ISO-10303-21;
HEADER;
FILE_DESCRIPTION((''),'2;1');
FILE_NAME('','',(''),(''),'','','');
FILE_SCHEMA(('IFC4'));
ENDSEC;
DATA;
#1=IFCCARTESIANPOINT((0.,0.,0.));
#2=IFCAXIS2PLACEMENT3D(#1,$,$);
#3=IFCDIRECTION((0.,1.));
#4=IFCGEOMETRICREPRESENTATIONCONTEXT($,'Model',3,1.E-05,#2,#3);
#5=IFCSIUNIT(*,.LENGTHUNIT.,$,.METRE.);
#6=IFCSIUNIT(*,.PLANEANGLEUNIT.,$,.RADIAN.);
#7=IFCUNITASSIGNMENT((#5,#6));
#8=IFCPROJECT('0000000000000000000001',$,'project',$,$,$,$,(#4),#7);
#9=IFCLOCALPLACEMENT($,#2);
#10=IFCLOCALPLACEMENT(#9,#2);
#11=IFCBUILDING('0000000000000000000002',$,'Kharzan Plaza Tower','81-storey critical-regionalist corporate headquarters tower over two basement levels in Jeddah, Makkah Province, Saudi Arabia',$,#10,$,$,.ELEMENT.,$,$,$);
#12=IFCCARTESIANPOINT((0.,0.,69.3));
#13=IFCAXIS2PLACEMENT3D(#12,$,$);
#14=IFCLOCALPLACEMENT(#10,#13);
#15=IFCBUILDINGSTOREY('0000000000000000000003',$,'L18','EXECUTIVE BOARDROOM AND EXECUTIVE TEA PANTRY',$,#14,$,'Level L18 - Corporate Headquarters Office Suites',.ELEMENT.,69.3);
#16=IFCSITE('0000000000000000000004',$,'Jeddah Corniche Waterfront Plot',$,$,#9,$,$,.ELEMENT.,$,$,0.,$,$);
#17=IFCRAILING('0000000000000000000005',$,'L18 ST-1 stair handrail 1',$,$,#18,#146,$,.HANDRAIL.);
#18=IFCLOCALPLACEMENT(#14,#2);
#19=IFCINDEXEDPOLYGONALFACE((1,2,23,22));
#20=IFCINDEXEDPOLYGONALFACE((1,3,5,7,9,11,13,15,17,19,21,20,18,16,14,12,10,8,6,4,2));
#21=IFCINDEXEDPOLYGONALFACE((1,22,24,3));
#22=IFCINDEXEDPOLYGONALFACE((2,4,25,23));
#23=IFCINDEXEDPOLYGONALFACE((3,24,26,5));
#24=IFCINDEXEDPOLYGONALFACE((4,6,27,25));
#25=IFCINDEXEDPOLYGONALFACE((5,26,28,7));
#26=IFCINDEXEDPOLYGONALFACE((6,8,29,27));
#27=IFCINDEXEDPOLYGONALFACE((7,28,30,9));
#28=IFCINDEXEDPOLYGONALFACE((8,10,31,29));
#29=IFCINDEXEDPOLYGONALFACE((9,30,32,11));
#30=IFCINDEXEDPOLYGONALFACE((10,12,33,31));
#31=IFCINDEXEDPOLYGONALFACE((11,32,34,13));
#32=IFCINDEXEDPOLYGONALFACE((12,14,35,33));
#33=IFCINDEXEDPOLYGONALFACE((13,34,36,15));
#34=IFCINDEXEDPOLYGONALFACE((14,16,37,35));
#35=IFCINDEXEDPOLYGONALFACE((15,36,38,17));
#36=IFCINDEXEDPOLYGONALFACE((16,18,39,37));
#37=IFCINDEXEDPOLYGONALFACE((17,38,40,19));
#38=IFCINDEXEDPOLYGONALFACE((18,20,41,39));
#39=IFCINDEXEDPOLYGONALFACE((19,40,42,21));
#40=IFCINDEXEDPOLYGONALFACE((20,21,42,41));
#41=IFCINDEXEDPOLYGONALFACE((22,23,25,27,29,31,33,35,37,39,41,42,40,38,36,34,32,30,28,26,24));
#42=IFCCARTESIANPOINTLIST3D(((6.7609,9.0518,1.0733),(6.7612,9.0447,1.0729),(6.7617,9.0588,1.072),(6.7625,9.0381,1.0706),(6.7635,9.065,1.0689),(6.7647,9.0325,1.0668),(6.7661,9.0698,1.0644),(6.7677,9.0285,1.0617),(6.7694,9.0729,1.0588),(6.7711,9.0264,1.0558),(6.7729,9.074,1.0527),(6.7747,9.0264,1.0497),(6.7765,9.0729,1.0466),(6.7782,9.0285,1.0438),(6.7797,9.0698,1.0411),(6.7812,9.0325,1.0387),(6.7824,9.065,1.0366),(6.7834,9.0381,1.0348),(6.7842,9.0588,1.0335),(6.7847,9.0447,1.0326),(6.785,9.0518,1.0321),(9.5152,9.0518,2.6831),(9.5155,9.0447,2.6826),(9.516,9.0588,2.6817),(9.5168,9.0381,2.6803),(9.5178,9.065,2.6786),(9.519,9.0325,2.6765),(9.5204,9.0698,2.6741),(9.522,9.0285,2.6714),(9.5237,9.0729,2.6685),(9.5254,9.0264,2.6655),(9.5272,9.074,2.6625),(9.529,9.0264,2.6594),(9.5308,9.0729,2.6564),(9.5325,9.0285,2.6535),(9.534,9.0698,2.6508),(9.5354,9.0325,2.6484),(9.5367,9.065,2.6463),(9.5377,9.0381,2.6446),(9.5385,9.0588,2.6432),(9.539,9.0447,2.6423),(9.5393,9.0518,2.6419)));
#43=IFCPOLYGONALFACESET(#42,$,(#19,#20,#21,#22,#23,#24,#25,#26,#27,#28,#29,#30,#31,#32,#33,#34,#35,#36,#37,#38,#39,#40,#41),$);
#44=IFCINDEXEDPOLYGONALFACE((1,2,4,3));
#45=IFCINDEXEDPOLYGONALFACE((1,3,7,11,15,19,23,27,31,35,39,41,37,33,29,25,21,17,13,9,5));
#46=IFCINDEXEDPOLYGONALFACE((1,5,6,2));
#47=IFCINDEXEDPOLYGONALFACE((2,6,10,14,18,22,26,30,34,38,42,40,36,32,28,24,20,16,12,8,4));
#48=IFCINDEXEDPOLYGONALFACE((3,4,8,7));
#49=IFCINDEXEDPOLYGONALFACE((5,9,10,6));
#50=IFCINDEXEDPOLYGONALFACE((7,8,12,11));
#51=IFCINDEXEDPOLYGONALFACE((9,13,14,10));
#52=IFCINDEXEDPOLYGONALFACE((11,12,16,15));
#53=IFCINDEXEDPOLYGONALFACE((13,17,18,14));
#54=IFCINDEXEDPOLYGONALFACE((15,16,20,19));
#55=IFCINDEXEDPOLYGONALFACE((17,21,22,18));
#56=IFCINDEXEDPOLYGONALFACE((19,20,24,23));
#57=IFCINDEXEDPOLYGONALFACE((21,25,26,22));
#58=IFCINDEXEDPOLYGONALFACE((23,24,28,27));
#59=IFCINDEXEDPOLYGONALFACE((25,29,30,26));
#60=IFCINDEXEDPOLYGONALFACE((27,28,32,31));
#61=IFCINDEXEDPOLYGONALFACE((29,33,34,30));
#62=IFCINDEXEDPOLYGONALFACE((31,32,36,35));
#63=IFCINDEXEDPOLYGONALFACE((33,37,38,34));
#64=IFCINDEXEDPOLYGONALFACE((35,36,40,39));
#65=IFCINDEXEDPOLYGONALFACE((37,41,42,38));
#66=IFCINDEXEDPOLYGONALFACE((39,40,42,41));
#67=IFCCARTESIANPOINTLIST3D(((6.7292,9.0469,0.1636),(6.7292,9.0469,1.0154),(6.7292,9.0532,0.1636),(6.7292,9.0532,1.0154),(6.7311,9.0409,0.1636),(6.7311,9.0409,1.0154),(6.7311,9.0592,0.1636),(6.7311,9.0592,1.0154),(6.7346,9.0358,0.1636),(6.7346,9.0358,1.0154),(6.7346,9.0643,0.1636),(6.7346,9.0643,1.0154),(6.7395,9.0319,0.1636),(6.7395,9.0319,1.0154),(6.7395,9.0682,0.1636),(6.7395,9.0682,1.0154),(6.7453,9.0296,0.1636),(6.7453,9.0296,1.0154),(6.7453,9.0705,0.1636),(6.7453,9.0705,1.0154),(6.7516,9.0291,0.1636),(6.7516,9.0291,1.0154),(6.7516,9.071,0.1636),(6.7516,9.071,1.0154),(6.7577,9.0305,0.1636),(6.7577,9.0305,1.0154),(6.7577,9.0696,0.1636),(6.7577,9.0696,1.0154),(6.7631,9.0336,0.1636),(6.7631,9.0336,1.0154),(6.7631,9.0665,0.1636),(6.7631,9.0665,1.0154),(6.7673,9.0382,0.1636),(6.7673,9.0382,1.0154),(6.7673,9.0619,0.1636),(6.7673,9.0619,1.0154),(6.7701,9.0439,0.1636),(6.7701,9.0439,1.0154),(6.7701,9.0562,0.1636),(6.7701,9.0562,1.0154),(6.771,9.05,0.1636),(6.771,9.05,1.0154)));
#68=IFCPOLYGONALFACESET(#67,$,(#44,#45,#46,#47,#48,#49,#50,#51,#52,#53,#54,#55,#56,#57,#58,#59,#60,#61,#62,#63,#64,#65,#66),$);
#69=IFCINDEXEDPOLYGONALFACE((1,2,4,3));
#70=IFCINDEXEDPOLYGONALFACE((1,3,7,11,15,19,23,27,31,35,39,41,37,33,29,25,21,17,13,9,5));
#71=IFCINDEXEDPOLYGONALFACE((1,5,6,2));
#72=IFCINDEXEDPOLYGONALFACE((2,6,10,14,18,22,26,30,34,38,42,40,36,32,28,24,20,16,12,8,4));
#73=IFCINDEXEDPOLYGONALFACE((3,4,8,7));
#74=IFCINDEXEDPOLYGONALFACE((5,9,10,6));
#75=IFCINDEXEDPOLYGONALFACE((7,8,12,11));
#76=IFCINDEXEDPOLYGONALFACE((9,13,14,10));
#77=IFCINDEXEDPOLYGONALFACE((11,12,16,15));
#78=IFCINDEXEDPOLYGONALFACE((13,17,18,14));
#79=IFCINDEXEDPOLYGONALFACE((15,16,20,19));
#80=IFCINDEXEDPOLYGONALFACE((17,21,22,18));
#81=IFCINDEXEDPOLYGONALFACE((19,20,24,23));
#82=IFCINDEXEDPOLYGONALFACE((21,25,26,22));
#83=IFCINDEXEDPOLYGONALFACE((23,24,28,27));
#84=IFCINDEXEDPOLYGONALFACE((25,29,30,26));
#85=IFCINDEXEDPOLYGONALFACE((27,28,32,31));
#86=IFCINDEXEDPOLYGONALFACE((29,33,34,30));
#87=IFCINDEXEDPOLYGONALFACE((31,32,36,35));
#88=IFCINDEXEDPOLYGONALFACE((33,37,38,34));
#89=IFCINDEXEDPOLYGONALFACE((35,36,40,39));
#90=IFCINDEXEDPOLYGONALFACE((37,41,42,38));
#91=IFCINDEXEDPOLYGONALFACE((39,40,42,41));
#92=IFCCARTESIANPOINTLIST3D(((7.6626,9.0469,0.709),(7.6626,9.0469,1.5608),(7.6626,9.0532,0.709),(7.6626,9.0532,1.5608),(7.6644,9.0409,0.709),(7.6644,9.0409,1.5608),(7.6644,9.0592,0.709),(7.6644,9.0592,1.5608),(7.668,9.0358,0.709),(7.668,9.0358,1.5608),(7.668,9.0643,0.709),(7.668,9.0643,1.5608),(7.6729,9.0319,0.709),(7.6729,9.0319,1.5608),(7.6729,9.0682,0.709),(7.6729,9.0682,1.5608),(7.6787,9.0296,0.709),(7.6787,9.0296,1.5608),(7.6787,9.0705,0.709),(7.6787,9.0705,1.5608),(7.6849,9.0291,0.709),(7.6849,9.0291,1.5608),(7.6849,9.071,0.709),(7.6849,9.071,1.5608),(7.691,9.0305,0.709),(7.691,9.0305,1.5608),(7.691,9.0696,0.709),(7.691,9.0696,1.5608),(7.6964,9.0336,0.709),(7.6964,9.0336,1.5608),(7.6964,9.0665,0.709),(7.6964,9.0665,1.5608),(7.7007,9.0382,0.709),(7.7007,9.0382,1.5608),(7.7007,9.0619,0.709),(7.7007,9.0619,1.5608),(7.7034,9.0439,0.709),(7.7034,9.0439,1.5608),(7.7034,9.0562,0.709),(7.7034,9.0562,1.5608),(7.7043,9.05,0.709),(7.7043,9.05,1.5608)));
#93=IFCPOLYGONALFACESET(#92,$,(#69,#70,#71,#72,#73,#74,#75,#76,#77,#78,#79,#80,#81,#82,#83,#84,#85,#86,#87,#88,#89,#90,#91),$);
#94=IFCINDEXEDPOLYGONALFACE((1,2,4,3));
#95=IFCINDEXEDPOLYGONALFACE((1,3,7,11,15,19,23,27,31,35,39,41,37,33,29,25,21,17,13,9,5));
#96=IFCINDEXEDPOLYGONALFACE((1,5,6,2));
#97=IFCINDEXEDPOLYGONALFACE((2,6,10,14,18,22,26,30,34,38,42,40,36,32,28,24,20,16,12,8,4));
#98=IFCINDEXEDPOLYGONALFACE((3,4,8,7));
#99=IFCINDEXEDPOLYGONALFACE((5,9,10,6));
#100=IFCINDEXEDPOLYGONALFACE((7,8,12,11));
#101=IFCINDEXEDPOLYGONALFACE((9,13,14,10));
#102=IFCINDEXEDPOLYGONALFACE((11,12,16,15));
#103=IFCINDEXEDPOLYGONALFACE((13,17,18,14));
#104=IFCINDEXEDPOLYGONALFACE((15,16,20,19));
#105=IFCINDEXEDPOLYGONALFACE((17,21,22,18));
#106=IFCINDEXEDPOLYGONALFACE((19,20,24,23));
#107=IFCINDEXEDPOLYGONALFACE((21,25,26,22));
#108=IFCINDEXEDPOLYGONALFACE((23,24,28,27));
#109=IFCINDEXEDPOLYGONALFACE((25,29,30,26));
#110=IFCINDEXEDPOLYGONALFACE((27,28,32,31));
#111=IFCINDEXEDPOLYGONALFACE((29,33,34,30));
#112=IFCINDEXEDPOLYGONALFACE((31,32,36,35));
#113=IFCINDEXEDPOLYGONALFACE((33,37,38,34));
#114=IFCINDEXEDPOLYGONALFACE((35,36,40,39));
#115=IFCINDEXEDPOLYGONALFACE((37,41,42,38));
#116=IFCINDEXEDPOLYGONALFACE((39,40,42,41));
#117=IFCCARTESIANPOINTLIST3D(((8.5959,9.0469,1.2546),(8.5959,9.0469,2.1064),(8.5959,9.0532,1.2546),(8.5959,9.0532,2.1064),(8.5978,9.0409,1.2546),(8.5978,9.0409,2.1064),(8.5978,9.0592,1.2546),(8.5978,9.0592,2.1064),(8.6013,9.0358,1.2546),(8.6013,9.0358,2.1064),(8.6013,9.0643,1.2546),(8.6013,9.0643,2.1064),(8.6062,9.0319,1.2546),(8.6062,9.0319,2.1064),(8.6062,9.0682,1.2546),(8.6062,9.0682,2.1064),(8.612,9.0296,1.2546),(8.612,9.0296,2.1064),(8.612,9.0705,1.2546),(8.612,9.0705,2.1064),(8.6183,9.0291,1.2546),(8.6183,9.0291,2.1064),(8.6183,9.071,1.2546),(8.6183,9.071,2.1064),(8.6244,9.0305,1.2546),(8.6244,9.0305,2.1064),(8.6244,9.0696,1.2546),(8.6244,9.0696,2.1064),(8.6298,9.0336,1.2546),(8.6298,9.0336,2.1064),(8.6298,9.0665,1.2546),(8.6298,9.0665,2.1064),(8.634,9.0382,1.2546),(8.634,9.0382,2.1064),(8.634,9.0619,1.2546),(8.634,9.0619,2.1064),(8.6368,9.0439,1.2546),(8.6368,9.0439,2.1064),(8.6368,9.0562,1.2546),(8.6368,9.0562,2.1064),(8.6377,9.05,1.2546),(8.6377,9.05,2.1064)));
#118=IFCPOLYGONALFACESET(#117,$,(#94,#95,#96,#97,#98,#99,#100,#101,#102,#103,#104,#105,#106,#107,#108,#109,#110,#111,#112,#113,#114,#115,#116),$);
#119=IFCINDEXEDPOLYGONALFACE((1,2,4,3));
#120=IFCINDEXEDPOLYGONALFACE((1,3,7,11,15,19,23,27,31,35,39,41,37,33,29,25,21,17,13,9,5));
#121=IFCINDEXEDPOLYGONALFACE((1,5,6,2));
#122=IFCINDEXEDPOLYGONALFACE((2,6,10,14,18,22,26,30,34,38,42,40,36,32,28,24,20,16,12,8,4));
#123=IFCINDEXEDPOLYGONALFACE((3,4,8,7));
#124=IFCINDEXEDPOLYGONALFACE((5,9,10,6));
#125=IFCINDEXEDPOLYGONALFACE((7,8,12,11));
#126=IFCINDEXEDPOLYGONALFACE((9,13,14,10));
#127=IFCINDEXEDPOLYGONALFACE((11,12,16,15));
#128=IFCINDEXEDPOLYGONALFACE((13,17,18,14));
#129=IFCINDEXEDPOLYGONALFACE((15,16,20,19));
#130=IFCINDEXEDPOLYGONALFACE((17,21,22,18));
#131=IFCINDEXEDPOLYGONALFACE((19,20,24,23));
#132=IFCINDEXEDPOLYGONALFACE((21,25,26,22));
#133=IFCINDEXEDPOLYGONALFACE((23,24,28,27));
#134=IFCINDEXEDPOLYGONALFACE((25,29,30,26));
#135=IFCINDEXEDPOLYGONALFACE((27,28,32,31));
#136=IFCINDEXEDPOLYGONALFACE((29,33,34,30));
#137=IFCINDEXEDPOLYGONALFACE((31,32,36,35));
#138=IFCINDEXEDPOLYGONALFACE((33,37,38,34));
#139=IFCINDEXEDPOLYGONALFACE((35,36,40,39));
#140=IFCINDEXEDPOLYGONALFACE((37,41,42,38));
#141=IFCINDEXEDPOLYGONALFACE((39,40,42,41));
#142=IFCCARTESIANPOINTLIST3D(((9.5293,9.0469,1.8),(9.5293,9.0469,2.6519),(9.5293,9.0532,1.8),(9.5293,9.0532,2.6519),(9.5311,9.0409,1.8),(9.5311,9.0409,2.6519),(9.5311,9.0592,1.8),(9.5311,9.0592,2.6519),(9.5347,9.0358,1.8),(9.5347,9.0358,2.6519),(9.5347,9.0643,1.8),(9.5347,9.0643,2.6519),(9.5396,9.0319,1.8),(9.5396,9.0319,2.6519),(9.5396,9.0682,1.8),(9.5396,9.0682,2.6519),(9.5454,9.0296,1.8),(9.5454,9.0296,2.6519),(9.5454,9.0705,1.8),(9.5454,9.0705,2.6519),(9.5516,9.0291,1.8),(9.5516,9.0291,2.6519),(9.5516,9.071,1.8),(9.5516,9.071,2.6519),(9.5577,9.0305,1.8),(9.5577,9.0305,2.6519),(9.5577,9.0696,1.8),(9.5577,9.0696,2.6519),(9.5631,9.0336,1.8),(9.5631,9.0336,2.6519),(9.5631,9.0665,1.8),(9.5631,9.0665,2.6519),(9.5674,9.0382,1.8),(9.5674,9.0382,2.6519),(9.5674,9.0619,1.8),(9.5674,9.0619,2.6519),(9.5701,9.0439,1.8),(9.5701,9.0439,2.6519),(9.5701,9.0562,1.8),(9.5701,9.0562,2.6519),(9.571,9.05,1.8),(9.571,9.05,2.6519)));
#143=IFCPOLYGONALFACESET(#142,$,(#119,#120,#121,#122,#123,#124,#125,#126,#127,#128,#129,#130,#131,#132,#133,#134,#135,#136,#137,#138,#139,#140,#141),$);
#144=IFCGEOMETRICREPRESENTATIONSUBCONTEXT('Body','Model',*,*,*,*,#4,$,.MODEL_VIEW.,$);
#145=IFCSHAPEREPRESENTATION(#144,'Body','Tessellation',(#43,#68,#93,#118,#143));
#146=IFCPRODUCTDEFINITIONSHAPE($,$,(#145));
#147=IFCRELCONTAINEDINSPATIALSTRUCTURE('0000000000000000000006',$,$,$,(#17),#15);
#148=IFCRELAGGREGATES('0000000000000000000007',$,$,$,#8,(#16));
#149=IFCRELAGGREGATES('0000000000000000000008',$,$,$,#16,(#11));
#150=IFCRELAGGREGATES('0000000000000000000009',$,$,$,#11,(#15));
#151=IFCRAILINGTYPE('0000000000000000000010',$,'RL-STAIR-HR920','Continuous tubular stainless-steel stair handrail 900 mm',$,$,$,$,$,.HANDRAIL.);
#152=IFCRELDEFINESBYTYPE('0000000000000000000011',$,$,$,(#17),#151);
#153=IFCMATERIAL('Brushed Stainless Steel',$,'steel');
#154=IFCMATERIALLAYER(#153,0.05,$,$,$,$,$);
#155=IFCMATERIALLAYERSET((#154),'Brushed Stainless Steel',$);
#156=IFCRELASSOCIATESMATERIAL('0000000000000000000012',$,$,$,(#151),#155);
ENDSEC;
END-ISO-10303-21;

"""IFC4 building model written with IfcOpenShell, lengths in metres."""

from ifc_helpers import new_model, si_unit, direction, frame, origin, origin_2d, place, context, subcontext, project, spatial, circle, extrude, source, transform, mapped, material, layer, layer_set, type_object, element, save


model = new_model("IFC4")

# Units and contexts
model_context = context("Model", 3, precision=1e-05, world=origin(), true_north=direction((0.0, 1.0)))
body_context = subcontext(model_context, "Body", "Model", "MODEL_VIEW")
ifc_project = project(units=[si_unit("LENGTHUNIT", "METRE"), si_unit("PLANEANGLEUNIT", "RADIAN")], contexts=[model_context])

# Site, building, storey
site_placement = place(None, origin())
site = spatial("IfcSite", under=ifc_project, at=site_placement, Name="Jeddah Corniche Waterfront Plot", CompositionType="ELEMENT", RefElevation=0.0)
building_placement = place(site_placement, origin())
building = spatial("IfcBuilding", under=site, at=building_placement, Name="Kharzan Plaza Tower", Description="81-storey critical-regionalist corporate headquarters tower over two basement levels in Jeddah, Makkah Province, Saudi Arabia", CompositionType="ELEMENT")
storey_placement = place(building_placement, frame((0.0, 0.0, 69.3)))
storey = spatial("IfcBuildingStorey", under=building, at=storey_placement, Name="L18", Description="EXECUTIVE BOARDROOM AND EXECUTIVE TEA PANTRY", LongName="Level L18 - Corporate Headquarters Office Suites", CompositionType="ELEMENT", Elevation=69.3)

# Railing
ifc_material_1 = material(Name="Brushed Stainless Steel", Category="steel")
ifc_layer_1 = layer(ifc_material_1, 0.05)
ifc_layer_set_1 = layer_set([ifc_layer_1], Name="Brushed Stainless Steel")
railing_type = type_object("IfcRailingType", Name="RL-STAIR-HR920", Description="Continuous tubular stainless-steel stair handrail 900 mm", PredefinedType="HANDRAIL", material=ifc_layer_set_1)
shared_shape_1 = source(origin(), body_context, "Body", "SweptSolid", [
    extrude(circle(Radius=0.0239, at=origin_2d()), frame((0.0229, 0.0, 0.8892), z_axis=(0.863361, 0.0, 0.504587), x_axis=(0.0, 1.0, 0.0)), (0.0, 0.0, 1.0), 3.1902),
    extrude(circle(Radius=0.021, at=origin_2d()), origin(), (0.0, 0.0, 1.0), 0.8518),
    extrude(circle(Radius=0.021, at=origin_2d()), frame((0.9333, 0.0, 0.5454)), (0.0, 0.0, 1.0), 0.8518),
    extrude(circle(Radius=0.021, at=origin_2d()), frame((1.8667, 0.0, 1.0911)), (0.0, 0.0, 1.0), 0.8518),
    extrude(circle(Radius=0.021, at=origin_2d()), frame((2.8, 0.0, 1.6365)), (0.0, 0.0, 1.0), 0.8518),
])
railing_placement = place(storey_placement, frame((6.75, 9.05, 0.1636)))
element("IfcRailing", 1, at=railing_placement, inside=storey, type_object=railing_type, Name="L18 ST-1 stair handrail 1", PredefinedType="HANDRAIL", context=body_context, shape_type="MappedRepresentation", body=[
    mapped(shared_shape_1, transform((0.0, 0.0, 0.0), x_axis=(1.0, 0.0, 0.0), y_axis=(0.0, 1.0, 0.0), z_axis=(0.0, 0.0, 1.0))),
])

save(model, "model.ifc")
